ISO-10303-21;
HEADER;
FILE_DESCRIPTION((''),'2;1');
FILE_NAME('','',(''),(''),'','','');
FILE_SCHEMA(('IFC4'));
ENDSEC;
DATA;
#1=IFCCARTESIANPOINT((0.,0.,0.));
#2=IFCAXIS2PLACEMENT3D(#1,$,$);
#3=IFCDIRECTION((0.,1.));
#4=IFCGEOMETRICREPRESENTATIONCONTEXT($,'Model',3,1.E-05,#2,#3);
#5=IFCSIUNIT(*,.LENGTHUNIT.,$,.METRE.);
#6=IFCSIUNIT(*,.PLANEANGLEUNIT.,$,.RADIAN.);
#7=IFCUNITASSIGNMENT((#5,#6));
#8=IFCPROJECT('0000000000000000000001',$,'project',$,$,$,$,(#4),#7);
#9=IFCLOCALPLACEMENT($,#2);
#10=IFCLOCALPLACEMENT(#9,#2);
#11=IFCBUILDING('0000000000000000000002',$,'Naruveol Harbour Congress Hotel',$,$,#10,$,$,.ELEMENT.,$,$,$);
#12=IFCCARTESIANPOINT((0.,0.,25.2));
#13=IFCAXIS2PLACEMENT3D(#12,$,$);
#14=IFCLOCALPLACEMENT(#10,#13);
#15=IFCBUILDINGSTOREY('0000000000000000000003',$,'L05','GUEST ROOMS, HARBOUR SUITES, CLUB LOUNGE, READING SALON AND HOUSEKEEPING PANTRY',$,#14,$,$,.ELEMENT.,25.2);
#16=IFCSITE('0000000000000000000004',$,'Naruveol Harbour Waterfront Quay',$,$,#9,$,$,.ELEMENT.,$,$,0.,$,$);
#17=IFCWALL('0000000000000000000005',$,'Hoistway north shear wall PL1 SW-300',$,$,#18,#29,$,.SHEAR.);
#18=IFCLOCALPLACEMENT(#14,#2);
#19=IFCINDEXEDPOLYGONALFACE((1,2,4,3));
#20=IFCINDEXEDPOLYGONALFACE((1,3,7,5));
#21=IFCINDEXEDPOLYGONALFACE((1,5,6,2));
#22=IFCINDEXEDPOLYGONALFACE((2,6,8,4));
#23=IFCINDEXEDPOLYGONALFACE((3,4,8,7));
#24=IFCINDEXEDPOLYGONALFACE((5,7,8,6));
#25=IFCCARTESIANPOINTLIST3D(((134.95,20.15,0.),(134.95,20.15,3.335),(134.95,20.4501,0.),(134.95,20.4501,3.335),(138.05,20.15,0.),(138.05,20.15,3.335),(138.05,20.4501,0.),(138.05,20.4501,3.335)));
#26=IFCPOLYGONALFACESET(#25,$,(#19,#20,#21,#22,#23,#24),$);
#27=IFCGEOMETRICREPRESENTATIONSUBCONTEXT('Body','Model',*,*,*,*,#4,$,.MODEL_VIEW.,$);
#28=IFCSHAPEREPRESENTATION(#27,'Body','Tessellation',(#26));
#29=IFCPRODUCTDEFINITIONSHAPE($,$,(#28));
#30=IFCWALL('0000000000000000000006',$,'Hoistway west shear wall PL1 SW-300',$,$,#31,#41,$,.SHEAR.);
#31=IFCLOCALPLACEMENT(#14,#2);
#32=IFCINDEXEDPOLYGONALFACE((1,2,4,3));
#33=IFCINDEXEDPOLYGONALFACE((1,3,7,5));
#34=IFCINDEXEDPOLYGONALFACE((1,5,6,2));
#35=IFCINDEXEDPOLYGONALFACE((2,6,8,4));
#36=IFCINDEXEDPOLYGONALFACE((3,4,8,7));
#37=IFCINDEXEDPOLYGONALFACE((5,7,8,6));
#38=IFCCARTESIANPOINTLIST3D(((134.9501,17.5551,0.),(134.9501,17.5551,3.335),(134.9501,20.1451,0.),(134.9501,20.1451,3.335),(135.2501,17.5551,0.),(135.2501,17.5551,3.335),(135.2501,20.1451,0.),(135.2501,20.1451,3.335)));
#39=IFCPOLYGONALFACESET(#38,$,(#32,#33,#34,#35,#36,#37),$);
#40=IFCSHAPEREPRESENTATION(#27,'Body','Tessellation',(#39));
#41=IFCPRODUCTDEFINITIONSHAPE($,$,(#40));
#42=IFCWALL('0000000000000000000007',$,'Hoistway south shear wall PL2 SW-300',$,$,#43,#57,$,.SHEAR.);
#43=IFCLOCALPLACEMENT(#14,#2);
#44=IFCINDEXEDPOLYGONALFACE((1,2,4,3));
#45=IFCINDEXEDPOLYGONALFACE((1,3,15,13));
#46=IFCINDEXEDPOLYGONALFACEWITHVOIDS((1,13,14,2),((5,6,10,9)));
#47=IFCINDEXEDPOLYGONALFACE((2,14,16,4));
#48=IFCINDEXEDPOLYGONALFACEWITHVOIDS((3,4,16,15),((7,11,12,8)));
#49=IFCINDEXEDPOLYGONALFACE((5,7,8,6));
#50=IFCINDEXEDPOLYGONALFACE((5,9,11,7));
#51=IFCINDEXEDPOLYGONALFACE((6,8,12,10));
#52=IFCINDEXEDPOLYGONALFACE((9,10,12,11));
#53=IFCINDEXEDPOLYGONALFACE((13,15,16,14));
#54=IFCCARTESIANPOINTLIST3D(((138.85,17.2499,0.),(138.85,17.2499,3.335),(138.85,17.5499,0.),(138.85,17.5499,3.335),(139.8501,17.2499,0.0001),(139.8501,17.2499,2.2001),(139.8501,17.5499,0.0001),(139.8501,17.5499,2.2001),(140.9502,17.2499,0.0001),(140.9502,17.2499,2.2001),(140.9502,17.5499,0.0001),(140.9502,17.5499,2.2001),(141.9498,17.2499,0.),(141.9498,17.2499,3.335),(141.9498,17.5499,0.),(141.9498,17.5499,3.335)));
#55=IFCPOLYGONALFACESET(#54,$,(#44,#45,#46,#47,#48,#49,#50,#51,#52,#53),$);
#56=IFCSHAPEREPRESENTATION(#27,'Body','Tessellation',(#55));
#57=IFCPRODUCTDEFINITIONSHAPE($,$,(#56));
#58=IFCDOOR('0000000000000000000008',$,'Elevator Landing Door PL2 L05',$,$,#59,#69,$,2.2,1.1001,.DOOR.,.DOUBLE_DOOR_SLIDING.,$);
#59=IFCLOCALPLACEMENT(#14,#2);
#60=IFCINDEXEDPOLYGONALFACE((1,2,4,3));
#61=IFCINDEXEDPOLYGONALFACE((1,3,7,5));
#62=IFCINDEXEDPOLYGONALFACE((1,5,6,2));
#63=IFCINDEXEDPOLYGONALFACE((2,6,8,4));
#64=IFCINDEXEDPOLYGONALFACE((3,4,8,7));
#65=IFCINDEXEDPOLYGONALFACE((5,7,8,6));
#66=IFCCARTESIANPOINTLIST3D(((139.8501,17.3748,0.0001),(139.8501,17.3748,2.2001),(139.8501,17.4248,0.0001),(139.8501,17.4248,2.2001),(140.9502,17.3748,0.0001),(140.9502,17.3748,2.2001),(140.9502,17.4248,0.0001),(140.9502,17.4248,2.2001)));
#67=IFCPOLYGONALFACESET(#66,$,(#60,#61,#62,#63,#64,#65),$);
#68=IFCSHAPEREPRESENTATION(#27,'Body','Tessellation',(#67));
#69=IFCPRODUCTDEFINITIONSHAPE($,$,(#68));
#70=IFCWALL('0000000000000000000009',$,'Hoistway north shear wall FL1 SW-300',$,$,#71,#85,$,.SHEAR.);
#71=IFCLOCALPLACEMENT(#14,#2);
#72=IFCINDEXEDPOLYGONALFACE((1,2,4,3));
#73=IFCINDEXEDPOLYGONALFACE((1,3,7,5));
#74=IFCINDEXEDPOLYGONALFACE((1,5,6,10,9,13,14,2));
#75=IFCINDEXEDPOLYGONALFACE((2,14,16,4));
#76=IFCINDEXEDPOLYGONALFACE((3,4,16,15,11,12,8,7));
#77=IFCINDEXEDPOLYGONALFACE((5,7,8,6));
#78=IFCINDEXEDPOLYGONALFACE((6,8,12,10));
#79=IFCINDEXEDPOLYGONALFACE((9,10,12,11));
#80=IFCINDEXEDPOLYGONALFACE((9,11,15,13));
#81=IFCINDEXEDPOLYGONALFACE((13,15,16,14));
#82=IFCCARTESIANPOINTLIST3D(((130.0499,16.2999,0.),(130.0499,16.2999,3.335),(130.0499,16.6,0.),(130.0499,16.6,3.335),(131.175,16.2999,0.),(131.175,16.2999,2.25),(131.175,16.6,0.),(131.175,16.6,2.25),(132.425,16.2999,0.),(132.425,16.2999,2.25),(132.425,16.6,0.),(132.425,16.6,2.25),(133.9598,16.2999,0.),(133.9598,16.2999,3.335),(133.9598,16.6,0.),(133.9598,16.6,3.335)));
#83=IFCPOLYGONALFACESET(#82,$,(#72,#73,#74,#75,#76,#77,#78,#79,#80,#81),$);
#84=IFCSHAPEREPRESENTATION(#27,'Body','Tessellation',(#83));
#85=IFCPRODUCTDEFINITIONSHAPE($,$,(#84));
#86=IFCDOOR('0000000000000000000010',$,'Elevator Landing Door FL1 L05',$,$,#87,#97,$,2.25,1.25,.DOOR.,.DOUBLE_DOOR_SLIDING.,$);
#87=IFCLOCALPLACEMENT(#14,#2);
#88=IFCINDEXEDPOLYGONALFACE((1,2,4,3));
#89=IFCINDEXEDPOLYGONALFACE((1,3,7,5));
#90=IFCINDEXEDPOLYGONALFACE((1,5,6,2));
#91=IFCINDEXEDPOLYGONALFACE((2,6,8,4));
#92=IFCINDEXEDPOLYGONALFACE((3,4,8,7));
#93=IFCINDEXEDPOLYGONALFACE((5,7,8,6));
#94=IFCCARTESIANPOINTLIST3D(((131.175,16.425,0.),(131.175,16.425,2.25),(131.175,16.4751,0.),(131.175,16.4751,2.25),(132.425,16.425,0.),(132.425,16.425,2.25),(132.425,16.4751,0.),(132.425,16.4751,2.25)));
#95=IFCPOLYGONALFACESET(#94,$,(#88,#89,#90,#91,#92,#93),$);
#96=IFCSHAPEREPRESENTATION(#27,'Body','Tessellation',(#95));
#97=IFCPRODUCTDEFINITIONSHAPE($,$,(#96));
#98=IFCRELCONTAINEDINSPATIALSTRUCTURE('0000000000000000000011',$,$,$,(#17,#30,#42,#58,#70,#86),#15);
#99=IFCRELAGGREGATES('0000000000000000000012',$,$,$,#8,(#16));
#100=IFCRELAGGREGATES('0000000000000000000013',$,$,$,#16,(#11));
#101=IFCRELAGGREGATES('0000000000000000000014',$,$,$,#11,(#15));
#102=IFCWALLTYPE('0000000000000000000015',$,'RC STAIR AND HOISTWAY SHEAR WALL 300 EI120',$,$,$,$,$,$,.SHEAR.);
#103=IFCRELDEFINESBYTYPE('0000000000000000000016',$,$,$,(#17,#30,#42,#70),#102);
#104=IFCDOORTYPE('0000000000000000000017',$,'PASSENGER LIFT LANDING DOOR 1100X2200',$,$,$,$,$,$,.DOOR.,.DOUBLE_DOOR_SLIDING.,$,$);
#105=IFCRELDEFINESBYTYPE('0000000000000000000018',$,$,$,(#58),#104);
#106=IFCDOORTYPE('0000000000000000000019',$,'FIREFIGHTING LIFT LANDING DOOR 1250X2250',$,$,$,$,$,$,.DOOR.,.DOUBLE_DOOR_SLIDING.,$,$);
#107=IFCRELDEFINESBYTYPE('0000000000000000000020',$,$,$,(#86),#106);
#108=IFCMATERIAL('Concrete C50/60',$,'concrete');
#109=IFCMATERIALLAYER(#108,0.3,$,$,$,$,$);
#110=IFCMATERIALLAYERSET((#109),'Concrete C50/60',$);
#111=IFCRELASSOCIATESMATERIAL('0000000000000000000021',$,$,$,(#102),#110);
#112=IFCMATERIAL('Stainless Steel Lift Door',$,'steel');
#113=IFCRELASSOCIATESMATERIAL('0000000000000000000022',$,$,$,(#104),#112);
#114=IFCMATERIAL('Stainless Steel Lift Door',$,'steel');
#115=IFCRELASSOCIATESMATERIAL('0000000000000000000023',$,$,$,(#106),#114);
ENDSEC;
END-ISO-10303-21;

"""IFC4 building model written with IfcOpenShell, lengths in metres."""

from ifc_helpers import new_model, si_unit, direction, frame, frame_2d, origin, place, context, subcontext, project, spatial, rectangle, extrude, material, layer, layer_set, type_object, element, fill, save


model = new_model("IFC4")

# Units and contexts
model_context = context("Model", 3, precision=1e-05, world=origin(), true_north=direction((0.0, 1.0)))
body_context = subcontext(model_context, "Body", "Model", "MODEL_VIEW")
ifc_project = project(units=[si_unit("LENGTHUNIT", "METRE"), si_unit("PLANEANGLEUNIT", "RADIAN")], contexts=[model_context])

# Site, building, storey
site_placement = place(None, origin())
site = spatial("IfcSite", under=ifc_project, at=site_placement, Name="Naruveol Harbour Waterfront Quay", CompositionType="ELEMENT", RefElevation=0.0)
building_placement = place(site_placement, origin())
building = spatial("IfcBuilding", under=site, at=building_placement, Name="Naruveol Harbour Congress Hotel", CompositionType="ELEMENT")
storey_placement = place(building_placement, frame((0.0, 0.0, 25.2)))
storey = spatial("IfcBuildingStorey", under=building, at=storey_placement, Name="L05", Description="GUEST ROOMS, HARBOUR SUITES, CLUB LOUNGE, READING SALON AND HOUSEKEEPING PANTRY", CompositionType="ELEMENT", Elevation=25.2)

# Shared definitions
ifc_material_1 = material(Name="Concrete C50/60", Category="concrete")
ifc_layer_1 = layer(ifc_material_1, 0.3)
ifc_layer_set_1 = layer_set([ifc_layer_1], Name="Concrete C50/60")
wall_type_1 = type_object("IfcWallType", Name="RC STAIR AND HOISTWAY SHEAR WALL 300 EI120", PredefinedType="SHEAR", material=ifc_layer_set_1)
ifc_material_2 = material(Name="Stainless Steel Lift Door", Category="steel")
door_type_1 = type_object("IfcDoorType", Name="PASSENGER LIFT LANDING DOOR 1100X2200", OperationType="DOUBLE_DOOR_SLIDING", PredefinedType="DOOR", material=ifc_material_2)

# Walls
wall_1_placement = place(storey_placement, frame((138.05, 20.3, 0.0), z_axis=(0.0, 0.0, 1.0), x_axis=(-1.0, 0.0, 0.0)))
element("IfcWall", 1, at=wall_1_placement, inside=storey, type_object=wall_type_1, Name="Hoistway north shear wall PL1 SW-300", PredefinedType="SHEAR", context=body_context, shape_type="SweptSolid", body=[
    extrude(rectangle(XDim=3.1001, YDim=0.3, at=frame_2d((1.55, 0.0))), origin(), (0.0, 0.0, 1.0), 3.335),
])
wall_2_placement = place(storey_placement, frame((135.1001, 20.145, 0.0), z_axis=(0.0, 0.0, 1.0), x_axis=(0.0, -1.0, 0.0)))
element("IfcWall", 2, at=wall_2_placement, inside=storey, type_object=wall_type_1, Name="Hoistway west shear wall PL1 SW-300", PredefinedType="SHEAR", context=body_context, shape_type="SweptSolid", body=[
    extrude(rectangle(XDim=2.5901, YDim=0.3, at=frame_2d((1.2949, 0.0))), origin(), (0.0, 0.0, 1.0), 3.335),
])

# Walls, openings, doors
wall_3_placement = place(storey_placement, frame((138.8501, 17.3999, 0.0), z_axis=(0.0, 0.0, 1.0), x_axis=(1.0, 0.0, 0.0)))
wall_3 = element("IfcWall", 3, at=wall_3_placement, inside=storey, type_object=wall_type_1, Name="Hoistway south shear wall PL2 SW-300", PredefinedType="SHEAR", context=body_context, shape_type="SweptSolid", body=[
    extrude(rectangle(XDim=3.0999, YDim=0.3, at=frame_2d((1.5498, 0.0))), origin(), (0.0, 0.0, 1.0), 3.335),
])
opening_1_placement = place(wall_3_placement, frame((1.0, 0.0, 0.0)))
opening_1 = element("IfcOpeningElement", 4, at=opening_1_placement, cuts=wall_3, PredefinedType="OPENING", context=body_context, shape_type="SweptSolid", body=[
    extrude(rectangle(XDim=1.1001, YDim=2.2, at=frame_2d((0.55, 1.1001))), frame((0.0, 0.1599, 0.0), z_axis=(0.0, -1.0, 0.0), x_axis=(1.0, 0.0, 0.0)), (0.0, 0.0, 1.0), 0.3201),
])
door_1_placement = place(opening_1_placement, origin())
door_1 = element("IfcDoor", 5, at=door_1_placement, inside=storey, type_object=door_type_1, Name="Elevator Landing Door PL2 L05", OperationType="DOUBLE_DOOR_SLIDING", OverallHeight=2.2, OverallWidth=1.1001, PredefinedType="DOOR", context=body_context, shape_type="SweptSolid", body=[
    extrude(rectangle(XDim=1.1001, YDim=2.2, at=frame_2d((0.55, 1.1001))), frame((0.0, 0.0249, 0.0), z_axis=(0.0, -1.0, 0.0), x_axis=(1.0, 0.0, 0.0)), (0.0, 0.0, 1.0), 0.05),
])
fill(opening_1, door_1)
wall_4_placement = place(storey_placement, frame((133.96, 16.45, 0.0), z_axis=(0.0, 0.0, 1.0), x_axis=(-1.0, 0.0, 0.0)))
wall_4 = element("IfcWall", 6, at=wall_4_placement, inside=storey, type_object=wall_type_1, Name="Hoistway north shear wall FL1 SW-300", PredefinedType="SHEAR", context=body_context, shape_type="SweptSolid", body=[
    extrude(rectangle(XDim=3.9099, YDim=0.3, at=frame_2d((1.9551, 0.0))), origin(), (0.0, 0.0, 1.0), 3.335),
])
opening_2_placement = place(wall_4_placement, frame((1.5349, 0.0, 0.0)))
opening_2 = element("IfcOpeningElement", 7, at=opening_2_placement, cuts=wall_4, PredefinedType="OPENING", context=body_context, shape_type="SweptSolid", body=[
    extrude(rectangle(XDim=1.25, YDim=2.25, at=frame_2d((0.625, 1.125))), frame((0.0, 0.1599, 0.0), z_axis=(0.0, -1.0, 0.0), x_axis=(1.0, 0.0, 0.0)), (0.0, 0.0, 1.0), 0.3201),
])
ifc_material_3 = material(Name="Stainless Steel Lift Door", Category="steel")
door_type_2 = type_object("IfcDoorType", Name="FIREFIGHTING LIFT LANDING DOOR 1250X2250", OperationType="DOUBLE_DOOR_SLIDING", PredefinedType="DOOR", material=ifc_material_3)
door_2_placement = place(opening_2_placement, origin())
door_2 = element("IfcDoor", 8, at=door_2_placement, inside=storey, type_object=door_type_2, Name="Elevator Landing Door FL1 L05", OperationType="DOUBLE_DOOR_SLIDING", OverallHeight=2.25, OverallWidth=1.25, PredefinedType="DOOR", context=body_context, shape_type="SweptSolid", body=[
    extrude(rectangle(XDim=1.25, YDim=2.25, at=frame_2d((0.625, 1.125))), frame((0.0, 0.0249, 0.0), z_axis=(0.0, -1.0, 0.0), x_axis=(1.0, 0.0, 0.0)), (0.0, 0.0, 1.0), 0.05),
])
fill(opening_2, door_2)

save(model, "model.ifc")
